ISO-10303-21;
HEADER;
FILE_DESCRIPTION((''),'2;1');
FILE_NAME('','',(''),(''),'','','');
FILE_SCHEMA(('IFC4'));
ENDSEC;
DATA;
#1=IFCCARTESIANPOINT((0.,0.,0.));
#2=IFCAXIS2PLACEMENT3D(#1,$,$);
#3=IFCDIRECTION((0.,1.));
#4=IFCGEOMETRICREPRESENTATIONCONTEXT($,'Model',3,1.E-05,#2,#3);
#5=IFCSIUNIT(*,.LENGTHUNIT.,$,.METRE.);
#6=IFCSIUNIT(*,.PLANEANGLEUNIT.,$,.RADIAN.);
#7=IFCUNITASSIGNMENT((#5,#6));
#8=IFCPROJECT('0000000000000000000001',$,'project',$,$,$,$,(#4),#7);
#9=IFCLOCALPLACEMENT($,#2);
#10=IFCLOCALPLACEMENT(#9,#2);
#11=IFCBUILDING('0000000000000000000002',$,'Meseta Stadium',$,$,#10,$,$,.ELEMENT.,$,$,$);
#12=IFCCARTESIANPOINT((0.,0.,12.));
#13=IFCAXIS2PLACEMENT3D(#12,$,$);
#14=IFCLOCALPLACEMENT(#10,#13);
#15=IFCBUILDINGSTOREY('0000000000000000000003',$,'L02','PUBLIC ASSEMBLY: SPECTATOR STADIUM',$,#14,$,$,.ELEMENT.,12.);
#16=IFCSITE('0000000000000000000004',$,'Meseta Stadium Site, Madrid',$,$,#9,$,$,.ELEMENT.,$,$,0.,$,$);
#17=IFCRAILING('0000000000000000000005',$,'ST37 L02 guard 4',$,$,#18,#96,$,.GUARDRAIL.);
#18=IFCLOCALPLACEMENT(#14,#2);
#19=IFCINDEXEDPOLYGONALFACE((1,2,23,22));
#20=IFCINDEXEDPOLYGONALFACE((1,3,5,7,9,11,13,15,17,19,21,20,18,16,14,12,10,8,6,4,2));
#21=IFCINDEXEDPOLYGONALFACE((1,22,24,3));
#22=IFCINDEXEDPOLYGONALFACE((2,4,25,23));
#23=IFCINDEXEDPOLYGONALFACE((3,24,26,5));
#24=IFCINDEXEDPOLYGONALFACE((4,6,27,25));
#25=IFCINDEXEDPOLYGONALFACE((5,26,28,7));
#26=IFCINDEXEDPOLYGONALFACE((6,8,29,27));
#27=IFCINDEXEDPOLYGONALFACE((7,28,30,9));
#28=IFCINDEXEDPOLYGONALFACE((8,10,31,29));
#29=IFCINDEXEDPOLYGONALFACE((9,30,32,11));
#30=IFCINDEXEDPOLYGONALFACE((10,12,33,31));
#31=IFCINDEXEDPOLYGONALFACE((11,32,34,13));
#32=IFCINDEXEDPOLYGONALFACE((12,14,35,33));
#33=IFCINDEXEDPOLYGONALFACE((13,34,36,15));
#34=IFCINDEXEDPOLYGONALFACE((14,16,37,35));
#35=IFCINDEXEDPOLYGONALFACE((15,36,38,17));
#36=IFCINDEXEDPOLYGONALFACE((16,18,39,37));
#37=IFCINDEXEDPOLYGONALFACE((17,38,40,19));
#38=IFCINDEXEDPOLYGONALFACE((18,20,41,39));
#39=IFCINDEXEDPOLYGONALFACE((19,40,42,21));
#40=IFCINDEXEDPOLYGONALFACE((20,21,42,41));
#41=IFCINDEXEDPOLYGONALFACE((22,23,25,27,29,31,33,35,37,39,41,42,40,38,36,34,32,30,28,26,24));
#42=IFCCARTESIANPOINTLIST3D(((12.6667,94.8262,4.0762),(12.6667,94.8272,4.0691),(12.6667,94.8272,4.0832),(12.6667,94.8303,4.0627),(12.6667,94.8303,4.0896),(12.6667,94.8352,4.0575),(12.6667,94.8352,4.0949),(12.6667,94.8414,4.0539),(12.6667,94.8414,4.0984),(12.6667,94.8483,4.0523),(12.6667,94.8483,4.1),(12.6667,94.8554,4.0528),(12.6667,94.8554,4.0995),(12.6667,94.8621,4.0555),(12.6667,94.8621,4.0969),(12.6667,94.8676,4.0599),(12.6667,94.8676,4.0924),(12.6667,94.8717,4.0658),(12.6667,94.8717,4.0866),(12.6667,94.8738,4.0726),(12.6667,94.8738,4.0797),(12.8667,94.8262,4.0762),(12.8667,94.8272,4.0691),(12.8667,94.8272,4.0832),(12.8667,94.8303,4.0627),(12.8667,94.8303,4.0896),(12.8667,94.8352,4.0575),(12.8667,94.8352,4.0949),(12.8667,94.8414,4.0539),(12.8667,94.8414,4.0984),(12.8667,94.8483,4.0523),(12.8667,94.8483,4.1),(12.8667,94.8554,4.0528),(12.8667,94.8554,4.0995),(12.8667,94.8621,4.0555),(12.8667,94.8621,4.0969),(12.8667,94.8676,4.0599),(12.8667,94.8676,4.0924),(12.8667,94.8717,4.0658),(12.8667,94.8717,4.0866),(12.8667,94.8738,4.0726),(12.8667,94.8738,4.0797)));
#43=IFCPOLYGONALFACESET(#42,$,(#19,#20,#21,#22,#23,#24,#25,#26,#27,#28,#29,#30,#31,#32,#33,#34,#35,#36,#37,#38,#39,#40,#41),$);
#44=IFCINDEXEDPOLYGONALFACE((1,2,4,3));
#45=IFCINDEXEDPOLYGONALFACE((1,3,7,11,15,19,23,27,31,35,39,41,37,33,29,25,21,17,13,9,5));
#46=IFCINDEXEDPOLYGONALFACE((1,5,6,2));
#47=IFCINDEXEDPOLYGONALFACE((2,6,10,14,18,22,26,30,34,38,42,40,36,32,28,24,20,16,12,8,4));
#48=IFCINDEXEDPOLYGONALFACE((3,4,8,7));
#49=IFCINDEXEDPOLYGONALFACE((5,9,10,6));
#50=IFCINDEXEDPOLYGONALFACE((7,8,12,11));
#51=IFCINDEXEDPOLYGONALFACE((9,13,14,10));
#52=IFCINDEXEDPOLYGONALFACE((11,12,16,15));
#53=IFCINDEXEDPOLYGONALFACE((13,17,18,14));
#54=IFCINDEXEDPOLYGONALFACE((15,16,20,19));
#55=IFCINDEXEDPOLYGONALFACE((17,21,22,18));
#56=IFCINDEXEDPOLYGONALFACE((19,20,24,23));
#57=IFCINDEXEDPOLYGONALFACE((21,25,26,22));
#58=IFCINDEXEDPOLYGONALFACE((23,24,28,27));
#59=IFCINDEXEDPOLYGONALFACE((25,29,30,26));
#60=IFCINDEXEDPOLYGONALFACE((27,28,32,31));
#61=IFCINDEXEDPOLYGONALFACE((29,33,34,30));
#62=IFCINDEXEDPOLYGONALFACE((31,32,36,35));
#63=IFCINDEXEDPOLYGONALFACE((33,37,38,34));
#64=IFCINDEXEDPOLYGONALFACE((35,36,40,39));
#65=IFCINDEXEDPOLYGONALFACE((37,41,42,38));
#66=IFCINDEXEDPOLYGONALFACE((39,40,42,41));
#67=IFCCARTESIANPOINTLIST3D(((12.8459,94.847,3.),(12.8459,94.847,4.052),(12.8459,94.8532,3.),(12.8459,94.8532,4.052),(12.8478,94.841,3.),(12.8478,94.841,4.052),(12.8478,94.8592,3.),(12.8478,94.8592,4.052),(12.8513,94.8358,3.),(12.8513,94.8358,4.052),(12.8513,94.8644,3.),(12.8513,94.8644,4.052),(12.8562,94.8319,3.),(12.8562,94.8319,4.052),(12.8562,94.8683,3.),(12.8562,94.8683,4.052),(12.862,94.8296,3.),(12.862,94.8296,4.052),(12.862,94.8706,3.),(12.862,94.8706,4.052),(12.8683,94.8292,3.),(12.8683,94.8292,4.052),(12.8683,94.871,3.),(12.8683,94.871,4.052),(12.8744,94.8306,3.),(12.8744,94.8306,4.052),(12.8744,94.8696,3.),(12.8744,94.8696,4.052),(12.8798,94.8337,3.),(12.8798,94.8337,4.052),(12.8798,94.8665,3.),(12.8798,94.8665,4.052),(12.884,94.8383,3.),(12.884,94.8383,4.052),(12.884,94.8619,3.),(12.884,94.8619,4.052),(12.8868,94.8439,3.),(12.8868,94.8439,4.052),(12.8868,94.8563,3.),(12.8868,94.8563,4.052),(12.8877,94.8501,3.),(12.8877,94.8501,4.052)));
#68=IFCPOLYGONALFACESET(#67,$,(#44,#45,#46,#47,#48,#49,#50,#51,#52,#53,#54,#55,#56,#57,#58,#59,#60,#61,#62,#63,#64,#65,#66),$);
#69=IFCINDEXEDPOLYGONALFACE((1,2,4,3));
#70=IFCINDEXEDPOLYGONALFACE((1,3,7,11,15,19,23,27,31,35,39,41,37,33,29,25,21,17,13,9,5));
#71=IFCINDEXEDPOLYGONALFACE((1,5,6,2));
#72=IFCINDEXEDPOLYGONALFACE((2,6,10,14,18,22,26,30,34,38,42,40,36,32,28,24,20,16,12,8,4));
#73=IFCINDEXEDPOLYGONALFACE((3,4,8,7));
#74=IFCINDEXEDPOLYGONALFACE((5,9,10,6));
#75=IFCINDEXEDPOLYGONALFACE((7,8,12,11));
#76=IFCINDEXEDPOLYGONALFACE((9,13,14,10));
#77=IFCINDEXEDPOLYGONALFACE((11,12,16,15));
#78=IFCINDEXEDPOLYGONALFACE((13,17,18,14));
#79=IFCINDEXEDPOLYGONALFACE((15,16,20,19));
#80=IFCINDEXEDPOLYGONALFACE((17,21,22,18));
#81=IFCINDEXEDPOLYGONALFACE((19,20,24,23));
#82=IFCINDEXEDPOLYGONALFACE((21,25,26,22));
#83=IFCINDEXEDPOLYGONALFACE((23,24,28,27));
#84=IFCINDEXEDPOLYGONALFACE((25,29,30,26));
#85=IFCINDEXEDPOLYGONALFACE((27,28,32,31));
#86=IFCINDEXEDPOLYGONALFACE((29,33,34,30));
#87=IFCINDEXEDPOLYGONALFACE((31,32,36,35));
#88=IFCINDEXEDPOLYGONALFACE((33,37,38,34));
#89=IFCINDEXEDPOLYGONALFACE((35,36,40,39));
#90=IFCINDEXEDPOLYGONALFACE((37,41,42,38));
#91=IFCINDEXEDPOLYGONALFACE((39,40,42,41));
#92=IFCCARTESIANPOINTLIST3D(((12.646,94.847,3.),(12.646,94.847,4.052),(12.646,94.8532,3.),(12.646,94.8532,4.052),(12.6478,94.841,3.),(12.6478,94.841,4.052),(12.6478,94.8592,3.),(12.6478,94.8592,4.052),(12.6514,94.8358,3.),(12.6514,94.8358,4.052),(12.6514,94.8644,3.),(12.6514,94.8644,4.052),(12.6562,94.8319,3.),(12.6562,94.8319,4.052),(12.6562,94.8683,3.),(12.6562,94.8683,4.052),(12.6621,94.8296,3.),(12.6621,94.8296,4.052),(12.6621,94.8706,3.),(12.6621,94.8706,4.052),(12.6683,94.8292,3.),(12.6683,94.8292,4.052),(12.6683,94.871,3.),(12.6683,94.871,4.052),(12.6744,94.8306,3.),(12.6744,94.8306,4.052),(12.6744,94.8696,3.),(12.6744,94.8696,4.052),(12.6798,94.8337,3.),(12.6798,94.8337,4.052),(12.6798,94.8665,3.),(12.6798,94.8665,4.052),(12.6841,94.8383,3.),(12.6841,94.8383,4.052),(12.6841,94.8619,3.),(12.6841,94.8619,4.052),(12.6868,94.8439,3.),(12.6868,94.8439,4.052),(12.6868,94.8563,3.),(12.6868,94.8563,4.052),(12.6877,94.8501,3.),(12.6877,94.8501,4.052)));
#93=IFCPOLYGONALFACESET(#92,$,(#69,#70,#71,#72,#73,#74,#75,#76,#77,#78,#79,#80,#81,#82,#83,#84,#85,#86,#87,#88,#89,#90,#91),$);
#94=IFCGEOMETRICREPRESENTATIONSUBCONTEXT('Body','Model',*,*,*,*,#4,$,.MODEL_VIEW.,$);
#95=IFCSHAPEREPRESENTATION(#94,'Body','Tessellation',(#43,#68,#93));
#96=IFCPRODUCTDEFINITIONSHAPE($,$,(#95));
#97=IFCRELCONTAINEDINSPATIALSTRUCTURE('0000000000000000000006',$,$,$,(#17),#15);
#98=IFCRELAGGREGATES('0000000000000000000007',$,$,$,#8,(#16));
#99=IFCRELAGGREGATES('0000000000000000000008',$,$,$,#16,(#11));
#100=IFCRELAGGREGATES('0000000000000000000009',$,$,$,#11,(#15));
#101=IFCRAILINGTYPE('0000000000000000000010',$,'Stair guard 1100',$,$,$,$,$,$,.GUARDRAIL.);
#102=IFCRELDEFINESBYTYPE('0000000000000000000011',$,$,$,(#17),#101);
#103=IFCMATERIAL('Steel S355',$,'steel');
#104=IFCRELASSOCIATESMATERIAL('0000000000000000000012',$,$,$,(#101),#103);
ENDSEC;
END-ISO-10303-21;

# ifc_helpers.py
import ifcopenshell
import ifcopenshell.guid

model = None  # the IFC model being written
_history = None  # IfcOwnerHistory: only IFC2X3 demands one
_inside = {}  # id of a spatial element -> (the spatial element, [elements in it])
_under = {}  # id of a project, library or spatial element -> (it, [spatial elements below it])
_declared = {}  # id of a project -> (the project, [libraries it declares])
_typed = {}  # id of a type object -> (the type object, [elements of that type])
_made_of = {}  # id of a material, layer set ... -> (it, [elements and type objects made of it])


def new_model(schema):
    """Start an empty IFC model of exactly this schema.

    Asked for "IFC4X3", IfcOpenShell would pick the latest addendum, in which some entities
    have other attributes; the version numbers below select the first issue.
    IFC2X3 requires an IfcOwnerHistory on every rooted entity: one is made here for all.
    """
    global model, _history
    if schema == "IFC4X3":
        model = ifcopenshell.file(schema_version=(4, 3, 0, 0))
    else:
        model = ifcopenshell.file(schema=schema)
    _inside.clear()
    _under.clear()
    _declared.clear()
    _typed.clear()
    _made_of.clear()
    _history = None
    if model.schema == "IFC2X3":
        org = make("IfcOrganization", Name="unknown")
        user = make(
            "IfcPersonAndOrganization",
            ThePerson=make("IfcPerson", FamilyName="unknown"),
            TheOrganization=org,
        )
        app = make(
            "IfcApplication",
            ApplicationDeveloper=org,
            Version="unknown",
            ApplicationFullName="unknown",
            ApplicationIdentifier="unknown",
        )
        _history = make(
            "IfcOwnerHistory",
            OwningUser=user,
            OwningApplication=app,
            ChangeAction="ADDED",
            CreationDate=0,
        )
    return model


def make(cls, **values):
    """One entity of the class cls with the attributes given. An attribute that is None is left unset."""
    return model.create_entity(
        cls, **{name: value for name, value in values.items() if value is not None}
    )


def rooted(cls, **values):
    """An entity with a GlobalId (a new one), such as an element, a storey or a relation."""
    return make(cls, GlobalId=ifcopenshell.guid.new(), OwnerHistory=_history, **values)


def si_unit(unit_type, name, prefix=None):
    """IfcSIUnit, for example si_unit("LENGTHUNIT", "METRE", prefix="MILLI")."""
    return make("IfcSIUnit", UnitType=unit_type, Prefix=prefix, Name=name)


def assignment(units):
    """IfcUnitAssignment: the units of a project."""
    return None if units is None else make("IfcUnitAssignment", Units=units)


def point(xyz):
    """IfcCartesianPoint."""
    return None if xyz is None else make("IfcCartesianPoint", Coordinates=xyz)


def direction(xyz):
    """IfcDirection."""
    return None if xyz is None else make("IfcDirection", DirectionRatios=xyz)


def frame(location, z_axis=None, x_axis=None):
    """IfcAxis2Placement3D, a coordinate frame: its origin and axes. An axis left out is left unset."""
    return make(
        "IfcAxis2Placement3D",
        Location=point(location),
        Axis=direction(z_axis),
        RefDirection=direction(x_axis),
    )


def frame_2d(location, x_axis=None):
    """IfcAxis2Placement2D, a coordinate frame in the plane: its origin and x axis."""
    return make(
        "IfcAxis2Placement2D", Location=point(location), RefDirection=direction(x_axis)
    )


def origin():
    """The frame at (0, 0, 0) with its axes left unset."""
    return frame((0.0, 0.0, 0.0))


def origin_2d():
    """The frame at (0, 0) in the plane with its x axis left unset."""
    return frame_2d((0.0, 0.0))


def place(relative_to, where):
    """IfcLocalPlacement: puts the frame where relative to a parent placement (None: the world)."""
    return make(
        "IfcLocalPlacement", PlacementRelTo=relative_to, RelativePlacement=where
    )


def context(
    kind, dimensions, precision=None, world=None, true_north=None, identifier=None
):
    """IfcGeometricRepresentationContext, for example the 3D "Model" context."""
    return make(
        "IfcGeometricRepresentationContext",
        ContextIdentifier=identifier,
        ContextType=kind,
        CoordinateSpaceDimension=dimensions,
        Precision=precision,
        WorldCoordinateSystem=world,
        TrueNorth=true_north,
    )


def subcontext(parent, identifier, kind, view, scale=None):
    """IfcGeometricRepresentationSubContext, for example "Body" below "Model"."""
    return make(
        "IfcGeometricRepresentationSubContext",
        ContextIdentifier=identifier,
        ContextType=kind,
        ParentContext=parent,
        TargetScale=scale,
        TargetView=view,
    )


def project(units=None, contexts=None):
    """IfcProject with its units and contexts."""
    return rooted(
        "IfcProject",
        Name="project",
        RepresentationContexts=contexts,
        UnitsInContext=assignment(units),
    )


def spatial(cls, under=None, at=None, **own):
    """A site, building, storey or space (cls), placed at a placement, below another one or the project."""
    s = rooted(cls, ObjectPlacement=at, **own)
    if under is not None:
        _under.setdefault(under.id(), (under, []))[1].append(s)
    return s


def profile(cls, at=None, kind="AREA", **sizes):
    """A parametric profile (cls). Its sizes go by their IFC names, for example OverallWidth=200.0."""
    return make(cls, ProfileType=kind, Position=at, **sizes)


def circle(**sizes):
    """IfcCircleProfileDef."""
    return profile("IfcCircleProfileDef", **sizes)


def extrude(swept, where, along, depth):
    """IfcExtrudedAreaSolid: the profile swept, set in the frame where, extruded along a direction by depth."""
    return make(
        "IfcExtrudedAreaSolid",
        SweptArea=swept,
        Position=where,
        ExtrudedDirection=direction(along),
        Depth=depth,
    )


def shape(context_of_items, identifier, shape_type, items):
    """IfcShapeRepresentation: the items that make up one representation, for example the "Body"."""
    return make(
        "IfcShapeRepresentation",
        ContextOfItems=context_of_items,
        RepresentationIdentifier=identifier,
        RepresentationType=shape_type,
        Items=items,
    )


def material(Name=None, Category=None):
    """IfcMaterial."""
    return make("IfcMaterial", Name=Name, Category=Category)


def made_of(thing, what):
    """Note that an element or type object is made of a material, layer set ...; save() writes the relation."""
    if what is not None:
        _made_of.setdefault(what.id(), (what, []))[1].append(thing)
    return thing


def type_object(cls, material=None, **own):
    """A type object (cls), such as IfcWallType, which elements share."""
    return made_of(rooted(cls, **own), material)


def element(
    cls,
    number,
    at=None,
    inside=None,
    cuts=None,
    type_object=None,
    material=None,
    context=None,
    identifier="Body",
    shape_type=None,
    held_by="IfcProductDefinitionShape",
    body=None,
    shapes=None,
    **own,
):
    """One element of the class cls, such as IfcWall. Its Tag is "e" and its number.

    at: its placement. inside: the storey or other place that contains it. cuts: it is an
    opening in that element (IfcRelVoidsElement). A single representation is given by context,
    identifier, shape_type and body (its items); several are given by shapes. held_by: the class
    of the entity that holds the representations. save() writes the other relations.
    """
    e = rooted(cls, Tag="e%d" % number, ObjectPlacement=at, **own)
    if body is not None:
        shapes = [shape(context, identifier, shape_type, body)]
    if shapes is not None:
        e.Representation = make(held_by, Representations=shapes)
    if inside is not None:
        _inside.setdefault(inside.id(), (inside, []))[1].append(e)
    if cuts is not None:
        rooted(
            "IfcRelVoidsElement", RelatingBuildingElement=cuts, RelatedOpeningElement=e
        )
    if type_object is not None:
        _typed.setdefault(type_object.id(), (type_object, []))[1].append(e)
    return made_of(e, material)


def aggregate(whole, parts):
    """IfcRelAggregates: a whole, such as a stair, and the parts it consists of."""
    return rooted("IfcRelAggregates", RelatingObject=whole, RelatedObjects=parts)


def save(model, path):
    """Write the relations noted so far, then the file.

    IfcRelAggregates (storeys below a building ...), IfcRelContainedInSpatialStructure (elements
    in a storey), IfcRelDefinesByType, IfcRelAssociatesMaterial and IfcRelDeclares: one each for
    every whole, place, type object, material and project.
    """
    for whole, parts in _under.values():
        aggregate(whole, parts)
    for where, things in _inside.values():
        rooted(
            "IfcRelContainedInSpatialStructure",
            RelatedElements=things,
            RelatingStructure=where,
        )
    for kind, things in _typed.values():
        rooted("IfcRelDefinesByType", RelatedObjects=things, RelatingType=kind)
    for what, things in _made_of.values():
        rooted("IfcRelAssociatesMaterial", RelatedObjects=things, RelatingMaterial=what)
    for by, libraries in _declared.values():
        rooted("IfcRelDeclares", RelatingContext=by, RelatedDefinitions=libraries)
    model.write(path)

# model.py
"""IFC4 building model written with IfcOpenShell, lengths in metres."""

from ifc_helpers import new_model, si_unit, direction, frame, origin, origin_2d, place, context, subcontext, project, spatial, circle, extrude, material, type_object, element, save


model = new_model("IFC4")

# Units and contexts
model_context = context("Model", 3, precision=1e-05, world=origin(), true_north=direction((0.0, 1.0)))
body_context = subcontext(model_context, "Body", "Model", "MODEL_VIEW")
ifc_project = project(units=[si_unit("LENGTHUNIT", "METRE"), si_unit("PLANEANGLEUNIT", "RADIAN")], contexts=[model_context])

# Site, building, storey
site_placement = place(None, origin())
site = spatial("IfcSite", under=ifc_project, at=site_placement, Name="Meseta Stadium Site, Madrid", CompositionType="ELEMENT", RefElevation=0.0)
building_placement = place(site_placement, origin())
building = spatial("IfcBuilding", under=site, at=building_placement, Name="Meseta Stadium", CompositionType="ELEMENT")
storey_placement = place(building_placement, frame((0.0, 0.0, 12.0)))
storey = spatial("IfcBuildingStorey", under=building, at=storey_placement, Name="L02", Description="PUBLIC ASSEMBLY: SPECTATOR STADIUM", CompositionType="ELEMENT", Elevation=12.0)

# Railing
ifc_material_1 = material(Name="Steel S355", Category="steel")
railing_type_1 = type_object("IfcRailingType", Name="Stair guard 1100", PredefinedType="GUARDRAIL", material=ifc_material_1)
railing_1_placement = place(storey_placement, frame((12.8667, 94.8501, 3.0)))
element("IfcRailing", 1, at=railing_1_placement, inside=storey, type_object=railing_type_1, Name="ST37 L02 guard 4", PredefinedType="GUARDRAIL", context=body_context, shape_type="SweptSolid", body=[
    extrude(circle(Radius=0.0239, at=origin_2d()), frame((0.0, 0.0, 1.0762), z_axis=(-1.0, 0.0, 0.0), x_axis=(0.0, -1.0, 0.0)), (0.0, 0.0, 1.0), 0.2),
    extrude(circle(Radius=0.021, at=origin_2d()), origin(), (0.0, 0.0, 1.0), 1.052),
    extrude(circle(Radius=0.021, at=origin_2d()), frame((-0.2, 0.0, 0.0)), (0.0, 0.0, 1.0), 1.052),
])

save(model, "model.ifc")
